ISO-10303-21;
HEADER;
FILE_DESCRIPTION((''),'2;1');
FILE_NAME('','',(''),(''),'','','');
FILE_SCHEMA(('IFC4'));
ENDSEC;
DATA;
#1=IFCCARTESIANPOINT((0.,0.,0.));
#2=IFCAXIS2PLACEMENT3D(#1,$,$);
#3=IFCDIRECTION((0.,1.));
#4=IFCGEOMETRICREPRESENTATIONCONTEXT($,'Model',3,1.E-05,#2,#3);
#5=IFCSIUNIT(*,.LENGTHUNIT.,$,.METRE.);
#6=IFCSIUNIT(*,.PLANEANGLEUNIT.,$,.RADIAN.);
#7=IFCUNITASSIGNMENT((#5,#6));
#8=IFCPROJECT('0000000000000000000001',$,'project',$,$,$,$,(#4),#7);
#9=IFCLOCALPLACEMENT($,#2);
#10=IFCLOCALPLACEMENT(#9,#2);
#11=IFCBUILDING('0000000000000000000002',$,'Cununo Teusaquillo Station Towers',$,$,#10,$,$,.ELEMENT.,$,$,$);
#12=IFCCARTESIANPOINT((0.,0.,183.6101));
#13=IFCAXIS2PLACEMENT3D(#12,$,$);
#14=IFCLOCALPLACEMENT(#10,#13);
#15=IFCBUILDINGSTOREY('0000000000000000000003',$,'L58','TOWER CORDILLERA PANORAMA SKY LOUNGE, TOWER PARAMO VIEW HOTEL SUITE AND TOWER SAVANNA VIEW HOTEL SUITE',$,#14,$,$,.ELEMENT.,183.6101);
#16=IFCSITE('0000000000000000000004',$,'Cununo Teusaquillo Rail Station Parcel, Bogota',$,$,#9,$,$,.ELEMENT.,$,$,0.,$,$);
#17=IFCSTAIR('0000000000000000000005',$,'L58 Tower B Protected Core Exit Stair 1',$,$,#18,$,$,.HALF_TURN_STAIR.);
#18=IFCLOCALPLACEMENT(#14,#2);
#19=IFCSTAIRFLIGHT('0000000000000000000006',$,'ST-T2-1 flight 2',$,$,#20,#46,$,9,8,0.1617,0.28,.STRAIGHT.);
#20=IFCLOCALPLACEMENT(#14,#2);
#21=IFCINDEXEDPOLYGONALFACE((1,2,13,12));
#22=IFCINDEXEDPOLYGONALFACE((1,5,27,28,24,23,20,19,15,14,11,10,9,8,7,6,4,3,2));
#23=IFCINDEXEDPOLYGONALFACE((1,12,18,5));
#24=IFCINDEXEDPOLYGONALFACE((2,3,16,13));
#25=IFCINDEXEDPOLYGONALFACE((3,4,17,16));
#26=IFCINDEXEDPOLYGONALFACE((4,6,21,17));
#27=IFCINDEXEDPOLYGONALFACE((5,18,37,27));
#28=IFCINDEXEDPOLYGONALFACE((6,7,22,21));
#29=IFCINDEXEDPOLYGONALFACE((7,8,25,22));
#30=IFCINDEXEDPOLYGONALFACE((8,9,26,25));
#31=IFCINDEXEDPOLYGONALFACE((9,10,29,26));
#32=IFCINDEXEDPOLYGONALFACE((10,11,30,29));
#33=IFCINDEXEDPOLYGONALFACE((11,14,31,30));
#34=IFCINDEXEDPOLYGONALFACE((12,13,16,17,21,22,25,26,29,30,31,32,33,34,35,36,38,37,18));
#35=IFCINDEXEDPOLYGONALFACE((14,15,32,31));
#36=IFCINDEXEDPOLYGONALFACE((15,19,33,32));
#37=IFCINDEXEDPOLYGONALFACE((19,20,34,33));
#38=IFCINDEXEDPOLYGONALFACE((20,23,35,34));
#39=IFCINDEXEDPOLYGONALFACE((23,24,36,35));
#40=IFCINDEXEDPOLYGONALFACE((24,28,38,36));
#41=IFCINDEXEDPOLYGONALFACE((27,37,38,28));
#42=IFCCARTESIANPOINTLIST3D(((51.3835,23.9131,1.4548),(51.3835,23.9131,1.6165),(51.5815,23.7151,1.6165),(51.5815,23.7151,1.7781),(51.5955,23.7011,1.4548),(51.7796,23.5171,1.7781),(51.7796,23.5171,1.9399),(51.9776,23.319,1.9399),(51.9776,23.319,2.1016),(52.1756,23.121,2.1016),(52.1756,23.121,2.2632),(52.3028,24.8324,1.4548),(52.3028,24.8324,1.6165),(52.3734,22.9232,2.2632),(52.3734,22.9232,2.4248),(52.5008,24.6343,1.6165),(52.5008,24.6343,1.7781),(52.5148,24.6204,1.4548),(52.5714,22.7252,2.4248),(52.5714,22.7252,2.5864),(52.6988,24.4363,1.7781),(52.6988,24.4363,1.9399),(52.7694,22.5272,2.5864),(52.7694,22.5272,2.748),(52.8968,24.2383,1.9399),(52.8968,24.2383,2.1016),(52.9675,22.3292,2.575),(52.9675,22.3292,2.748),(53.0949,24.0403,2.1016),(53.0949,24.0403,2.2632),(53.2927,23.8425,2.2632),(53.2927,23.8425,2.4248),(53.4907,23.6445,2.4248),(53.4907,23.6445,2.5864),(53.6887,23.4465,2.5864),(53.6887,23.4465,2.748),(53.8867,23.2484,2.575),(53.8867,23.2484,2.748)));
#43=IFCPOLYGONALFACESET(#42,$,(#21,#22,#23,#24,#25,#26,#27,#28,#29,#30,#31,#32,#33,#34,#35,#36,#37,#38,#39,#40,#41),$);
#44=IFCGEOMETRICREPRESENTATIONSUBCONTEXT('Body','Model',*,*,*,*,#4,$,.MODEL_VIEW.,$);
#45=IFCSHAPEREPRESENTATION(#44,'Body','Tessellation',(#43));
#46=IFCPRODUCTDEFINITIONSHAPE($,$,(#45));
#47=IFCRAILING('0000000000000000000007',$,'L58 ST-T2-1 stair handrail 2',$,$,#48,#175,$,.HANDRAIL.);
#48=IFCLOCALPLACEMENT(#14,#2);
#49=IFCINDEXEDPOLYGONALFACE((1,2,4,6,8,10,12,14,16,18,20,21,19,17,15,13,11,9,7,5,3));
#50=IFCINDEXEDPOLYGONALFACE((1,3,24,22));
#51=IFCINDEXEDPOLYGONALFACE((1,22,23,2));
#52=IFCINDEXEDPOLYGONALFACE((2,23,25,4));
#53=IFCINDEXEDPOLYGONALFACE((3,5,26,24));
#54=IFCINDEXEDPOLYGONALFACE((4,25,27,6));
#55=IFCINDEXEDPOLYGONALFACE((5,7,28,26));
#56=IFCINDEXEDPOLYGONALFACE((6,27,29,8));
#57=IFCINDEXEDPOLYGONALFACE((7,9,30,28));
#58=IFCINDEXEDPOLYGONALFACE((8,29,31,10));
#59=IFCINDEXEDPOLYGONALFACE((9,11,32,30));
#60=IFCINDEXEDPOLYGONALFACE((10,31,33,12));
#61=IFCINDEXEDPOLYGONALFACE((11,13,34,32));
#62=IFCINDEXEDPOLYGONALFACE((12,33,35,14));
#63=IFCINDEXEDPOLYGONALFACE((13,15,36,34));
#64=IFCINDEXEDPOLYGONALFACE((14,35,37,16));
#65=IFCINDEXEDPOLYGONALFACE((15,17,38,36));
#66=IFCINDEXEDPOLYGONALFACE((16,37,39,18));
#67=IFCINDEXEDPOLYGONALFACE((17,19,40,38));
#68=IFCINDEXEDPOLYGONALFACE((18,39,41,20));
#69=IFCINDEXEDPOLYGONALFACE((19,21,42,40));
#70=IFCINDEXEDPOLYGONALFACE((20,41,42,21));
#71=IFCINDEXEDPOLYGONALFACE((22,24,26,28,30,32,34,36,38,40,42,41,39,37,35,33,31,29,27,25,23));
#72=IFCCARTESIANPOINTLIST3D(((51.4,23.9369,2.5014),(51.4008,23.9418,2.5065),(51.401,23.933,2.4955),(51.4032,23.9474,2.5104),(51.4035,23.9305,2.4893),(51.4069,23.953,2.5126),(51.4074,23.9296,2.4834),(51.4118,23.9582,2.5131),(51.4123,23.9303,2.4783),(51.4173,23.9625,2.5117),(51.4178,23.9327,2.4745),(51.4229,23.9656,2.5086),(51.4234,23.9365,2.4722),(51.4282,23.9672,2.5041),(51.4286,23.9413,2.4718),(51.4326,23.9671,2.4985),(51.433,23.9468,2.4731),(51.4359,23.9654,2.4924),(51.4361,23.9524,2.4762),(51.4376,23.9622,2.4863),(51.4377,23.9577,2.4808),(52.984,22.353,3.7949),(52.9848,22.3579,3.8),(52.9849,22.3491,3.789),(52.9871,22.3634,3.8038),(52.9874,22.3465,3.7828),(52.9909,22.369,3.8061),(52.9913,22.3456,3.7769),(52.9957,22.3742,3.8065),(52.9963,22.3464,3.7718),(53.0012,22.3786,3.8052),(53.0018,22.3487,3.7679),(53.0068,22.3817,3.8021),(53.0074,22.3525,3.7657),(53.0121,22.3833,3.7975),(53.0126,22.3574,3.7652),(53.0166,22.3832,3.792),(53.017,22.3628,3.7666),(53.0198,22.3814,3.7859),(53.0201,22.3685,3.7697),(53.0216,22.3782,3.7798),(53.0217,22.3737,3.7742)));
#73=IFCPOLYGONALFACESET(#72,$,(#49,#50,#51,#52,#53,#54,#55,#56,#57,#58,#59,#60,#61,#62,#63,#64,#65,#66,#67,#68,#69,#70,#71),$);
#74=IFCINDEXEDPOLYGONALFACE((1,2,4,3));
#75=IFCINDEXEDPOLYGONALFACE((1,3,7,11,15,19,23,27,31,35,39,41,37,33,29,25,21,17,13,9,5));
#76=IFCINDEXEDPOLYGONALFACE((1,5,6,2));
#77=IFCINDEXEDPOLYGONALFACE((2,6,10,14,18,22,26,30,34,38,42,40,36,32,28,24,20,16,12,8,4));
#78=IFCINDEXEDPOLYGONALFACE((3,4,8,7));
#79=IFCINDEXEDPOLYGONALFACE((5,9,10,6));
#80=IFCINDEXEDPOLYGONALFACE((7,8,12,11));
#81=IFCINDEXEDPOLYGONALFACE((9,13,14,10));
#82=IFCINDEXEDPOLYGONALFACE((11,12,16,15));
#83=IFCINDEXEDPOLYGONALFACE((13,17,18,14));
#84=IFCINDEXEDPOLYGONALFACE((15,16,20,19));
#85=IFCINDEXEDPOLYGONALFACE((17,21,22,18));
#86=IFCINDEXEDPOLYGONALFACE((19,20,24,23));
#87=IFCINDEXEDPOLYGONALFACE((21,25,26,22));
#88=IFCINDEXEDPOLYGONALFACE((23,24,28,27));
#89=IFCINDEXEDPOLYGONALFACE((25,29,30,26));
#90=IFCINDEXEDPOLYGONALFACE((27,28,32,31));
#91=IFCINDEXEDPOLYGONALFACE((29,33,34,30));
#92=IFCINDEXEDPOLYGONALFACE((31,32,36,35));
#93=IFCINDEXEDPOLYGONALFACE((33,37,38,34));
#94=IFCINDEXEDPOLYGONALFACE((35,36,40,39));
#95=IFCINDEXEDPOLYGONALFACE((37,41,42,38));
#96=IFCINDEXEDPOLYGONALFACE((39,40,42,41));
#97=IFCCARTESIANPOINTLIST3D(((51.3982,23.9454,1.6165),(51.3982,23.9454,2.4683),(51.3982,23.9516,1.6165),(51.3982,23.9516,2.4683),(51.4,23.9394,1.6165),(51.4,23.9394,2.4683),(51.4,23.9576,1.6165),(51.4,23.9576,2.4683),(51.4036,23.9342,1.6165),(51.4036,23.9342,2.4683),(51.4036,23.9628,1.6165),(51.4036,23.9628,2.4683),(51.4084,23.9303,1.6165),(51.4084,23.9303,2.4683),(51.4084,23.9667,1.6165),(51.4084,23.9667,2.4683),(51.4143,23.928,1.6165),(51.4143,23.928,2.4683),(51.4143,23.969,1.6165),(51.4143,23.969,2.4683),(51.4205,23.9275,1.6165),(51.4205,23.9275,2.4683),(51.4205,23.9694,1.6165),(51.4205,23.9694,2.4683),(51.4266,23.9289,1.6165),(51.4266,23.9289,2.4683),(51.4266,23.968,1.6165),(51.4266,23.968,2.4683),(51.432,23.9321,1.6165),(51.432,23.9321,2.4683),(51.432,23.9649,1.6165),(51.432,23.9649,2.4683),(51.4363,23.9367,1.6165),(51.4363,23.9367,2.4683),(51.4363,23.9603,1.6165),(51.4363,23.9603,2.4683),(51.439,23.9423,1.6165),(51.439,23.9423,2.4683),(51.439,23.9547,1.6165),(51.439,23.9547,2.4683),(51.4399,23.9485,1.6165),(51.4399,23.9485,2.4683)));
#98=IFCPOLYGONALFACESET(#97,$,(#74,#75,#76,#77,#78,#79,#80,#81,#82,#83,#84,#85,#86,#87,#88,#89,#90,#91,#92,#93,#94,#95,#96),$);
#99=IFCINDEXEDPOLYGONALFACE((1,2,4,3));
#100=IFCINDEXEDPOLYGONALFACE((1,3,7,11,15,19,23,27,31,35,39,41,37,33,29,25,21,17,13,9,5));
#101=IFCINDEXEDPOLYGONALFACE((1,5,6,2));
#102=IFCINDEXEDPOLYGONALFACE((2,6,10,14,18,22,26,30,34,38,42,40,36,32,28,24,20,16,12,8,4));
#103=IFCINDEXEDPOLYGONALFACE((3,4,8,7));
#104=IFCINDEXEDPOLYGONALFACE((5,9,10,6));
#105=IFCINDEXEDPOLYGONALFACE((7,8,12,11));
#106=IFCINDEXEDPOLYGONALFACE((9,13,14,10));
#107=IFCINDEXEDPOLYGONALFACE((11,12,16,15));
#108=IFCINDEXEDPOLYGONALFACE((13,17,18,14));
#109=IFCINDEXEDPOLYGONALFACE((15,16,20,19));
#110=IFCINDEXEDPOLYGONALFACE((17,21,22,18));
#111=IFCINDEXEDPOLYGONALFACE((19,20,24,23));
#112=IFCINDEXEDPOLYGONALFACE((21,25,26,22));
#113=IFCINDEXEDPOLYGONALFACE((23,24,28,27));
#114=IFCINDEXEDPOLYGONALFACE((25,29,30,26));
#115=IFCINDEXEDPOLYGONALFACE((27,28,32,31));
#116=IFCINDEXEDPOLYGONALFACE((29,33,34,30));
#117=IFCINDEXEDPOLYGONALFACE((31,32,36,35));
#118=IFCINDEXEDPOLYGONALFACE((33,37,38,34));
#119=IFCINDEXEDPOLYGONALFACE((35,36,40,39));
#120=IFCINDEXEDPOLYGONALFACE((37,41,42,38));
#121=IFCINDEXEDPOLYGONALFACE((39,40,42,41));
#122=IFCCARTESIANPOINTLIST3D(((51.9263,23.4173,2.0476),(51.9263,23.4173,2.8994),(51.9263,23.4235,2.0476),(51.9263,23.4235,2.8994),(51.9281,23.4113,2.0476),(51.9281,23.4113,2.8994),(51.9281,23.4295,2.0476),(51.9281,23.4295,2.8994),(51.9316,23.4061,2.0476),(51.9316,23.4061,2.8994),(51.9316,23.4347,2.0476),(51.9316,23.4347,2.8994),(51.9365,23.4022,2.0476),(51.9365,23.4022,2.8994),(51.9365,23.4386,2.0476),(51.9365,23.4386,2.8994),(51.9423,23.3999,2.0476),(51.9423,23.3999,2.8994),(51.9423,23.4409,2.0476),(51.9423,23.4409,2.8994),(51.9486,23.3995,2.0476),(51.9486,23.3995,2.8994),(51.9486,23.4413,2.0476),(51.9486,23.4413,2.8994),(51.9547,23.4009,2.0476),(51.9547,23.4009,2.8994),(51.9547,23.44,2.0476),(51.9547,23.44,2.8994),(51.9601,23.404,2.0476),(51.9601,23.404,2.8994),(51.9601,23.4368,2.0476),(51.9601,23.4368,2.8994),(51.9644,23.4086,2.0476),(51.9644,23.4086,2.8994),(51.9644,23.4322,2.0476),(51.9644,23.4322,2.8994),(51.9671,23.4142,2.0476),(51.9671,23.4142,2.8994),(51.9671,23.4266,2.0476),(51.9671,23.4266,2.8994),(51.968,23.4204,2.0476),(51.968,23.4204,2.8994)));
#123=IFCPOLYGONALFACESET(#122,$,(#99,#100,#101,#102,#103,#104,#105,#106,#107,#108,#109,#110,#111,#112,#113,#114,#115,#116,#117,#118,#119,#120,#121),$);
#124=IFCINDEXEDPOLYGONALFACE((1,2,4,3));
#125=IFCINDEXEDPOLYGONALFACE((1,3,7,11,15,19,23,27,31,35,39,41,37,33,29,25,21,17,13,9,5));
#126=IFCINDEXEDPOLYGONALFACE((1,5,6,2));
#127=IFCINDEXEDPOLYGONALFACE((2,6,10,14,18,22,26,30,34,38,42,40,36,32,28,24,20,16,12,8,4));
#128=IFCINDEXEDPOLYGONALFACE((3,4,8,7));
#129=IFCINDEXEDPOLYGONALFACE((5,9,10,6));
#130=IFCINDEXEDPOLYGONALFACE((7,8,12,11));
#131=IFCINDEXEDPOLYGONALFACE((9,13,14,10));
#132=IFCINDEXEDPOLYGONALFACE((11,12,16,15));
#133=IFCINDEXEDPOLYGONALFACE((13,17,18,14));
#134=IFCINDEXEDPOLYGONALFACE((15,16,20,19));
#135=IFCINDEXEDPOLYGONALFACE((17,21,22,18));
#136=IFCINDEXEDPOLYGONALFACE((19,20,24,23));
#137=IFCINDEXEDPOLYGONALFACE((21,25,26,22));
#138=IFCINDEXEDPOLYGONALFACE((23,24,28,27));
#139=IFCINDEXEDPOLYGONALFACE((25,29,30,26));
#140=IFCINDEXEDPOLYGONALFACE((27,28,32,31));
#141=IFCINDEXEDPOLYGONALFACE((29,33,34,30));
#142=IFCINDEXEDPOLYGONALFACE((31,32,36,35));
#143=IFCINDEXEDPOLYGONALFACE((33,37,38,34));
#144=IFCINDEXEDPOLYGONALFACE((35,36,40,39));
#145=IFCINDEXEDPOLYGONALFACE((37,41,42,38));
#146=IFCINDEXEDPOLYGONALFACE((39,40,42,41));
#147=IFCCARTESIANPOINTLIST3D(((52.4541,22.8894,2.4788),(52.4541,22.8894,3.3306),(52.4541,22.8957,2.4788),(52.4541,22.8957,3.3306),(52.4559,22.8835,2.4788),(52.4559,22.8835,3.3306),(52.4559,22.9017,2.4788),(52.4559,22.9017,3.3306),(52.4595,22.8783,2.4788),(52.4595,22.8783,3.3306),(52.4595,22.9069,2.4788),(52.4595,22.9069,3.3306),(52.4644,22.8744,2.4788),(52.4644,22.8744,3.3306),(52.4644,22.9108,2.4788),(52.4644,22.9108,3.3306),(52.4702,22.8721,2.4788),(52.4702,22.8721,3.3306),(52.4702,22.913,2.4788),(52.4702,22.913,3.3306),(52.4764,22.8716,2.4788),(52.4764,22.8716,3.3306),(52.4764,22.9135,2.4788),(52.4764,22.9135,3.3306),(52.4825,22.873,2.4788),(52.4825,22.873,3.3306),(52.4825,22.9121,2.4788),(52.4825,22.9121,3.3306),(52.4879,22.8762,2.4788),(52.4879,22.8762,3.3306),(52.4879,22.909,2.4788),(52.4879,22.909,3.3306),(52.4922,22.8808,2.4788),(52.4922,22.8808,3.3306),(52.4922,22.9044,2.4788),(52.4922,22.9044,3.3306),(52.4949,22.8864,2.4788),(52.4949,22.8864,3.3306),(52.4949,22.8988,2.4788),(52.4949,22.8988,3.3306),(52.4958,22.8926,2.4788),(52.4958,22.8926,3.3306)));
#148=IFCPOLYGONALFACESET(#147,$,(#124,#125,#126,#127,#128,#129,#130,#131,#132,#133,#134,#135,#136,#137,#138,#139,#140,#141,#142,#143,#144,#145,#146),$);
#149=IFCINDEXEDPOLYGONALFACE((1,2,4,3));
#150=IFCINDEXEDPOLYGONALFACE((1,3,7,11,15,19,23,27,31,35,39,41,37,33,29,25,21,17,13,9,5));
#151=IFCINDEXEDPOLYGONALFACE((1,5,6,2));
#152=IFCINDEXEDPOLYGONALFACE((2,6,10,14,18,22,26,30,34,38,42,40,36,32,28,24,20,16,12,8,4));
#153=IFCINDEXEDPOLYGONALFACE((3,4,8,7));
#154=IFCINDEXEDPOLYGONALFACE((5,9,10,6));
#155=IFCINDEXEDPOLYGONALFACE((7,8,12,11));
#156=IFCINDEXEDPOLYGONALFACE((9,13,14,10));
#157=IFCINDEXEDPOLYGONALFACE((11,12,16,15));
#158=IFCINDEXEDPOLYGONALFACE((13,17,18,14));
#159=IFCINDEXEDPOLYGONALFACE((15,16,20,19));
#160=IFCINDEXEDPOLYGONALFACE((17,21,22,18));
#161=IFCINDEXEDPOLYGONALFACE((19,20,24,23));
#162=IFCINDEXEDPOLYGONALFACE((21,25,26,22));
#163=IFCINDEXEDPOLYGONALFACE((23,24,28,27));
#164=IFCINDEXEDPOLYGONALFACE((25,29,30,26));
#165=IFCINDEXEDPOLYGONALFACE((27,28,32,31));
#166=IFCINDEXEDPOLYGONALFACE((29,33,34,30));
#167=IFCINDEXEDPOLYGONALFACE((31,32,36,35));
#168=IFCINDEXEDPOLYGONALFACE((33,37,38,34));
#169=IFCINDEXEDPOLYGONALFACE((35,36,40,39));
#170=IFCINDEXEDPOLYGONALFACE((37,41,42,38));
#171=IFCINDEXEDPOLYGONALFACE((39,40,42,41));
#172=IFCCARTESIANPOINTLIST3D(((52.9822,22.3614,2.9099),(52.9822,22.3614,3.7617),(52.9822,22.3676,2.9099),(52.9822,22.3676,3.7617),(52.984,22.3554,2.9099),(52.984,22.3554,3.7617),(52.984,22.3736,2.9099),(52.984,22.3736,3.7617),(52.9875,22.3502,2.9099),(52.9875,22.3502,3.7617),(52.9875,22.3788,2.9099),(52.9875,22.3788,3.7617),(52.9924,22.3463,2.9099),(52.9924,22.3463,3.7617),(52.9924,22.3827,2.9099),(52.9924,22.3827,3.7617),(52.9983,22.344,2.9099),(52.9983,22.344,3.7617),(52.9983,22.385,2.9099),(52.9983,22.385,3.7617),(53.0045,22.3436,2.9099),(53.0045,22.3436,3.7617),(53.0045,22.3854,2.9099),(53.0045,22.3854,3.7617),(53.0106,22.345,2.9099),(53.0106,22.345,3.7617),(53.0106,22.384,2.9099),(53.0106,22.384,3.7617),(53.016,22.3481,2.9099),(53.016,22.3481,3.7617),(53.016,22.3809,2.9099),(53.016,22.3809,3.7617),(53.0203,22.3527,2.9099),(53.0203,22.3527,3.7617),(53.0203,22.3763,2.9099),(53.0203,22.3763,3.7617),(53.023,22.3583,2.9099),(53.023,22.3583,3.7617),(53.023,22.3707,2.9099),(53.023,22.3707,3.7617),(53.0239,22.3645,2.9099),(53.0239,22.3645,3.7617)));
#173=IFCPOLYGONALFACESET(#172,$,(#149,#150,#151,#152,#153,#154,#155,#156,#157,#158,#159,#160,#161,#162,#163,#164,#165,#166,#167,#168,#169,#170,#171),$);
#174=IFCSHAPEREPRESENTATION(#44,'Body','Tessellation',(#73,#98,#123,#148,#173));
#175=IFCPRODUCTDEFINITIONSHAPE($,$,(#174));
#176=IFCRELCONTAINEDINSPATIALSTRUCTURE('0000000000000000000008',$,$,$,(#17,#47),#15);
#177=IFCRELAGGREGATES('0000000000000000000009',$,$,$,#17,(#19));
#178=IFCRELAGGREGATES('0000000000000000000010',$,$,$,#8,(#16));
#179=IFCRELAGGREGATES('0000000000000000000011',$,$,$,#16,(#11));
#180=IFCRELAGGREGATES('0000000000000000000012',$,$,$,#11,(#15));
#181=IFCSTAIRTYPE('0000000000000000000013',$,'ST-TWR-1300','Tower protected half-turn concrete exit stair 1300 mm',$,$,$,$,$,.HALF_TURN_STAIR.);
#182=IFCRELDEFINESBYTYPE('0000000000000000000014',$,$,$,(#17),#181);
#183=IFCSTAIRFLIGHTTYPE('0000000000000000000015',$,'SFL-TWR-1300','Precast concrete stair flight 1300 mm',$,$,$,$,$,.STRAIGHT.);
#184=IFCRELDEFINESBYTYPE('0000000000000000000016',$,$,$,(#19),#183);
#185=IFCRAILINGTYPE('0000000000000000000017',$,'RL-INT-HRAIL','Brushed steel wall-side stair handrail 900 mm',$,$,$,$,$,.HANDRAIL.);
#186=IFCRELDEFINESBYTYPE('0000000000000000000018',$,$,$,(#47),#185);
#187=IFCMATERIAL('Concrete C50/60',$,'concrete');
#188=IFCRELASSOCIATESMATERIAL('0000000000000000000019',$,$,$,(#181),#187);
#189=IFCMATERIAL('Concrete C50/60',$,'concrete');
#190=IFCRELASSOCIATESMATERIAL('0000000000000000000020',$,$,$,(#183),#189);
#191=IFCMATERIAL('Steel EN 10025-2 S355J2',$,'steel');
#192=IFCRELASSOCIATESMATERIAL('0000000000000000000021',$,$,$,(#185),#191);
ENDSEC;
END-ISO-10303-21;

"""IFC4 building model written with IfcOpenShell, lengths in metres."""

from ifc_helpers import new_model, si_unit, direction, frame, origin, origin_2d, place, context, subcontext, project, spatial, polyline, circle, outline, extrude, material, type_object, element, aggregate, save


model = new_model("IFC4")

# Units and contexts
model_context = context("Model", 3, precision=1e-05, world=origin(), true_north=direction((0.0, 1.0)))
body_context = subcontext(model_context, "Body", "Model", "MODEL_VIEW")
ifc_project = project(units=[si_unit("LENGTHUNIT", "METRE"), si_unit("PLANEANGLEUNIT", "RADIAN")], contexts=[model_context])

# Site, building, storey
site_placement = place(None, origin())
site = spatial("IfcSite", under=ifc_project, at=site_placement, Name="Cununo Teusaquillo Rail Station Parcel, Bogota", CompositionType="ELEMENT", RefElevation=0.0)
building_placement = place(site_placement, origin())
building = spatial("IfcBuilding", under=site, at=building_placement, Name="Cununo Teusaquillo Station Towers", CompositionType="ELEMENT")
storey_placement = place(building_placement, frame((0.0, 0.0, 183.6101)))
storey = spatial("IfcBuildingStorey", under=building, at=storey_placement, Name="L58", Description="TOWER CORDILLERA PANORAMA SKY LOUNGE, TOWER PARAMO VIEW HOTEL SUITE AND TOWER SAVANNA VIEW HOTEL SUITE", CompositionType="ELEMENT", Elevation=183.6101)

# Stair, stair flight
ifc_material_1 = material(Name="Concrete C50/60", Category="concrete")
stair_type = type_object("IfcStairType", Name="ST-TWR-1300", Description="Tower protected half-turn concrete exit stair 1300 mm", PredefinedType="HALF_TURN_STAIR", material=ifc_material_1)
stair_placement = place(storey_placement, origin())
stair = element("IfcStair", 1, at=stair_placement, inside=storey, type_object=stair_type, Name="L58 Tower B Protected Core Exit Stair 1", PredefinedType="HALF_TURN_STAIR")
ifc_material_2 = material(Name="Concrete C50/60", Category="concrete")
stair_flight_type = type_object("IfcStairFlightType", Name="SFL-TWR-1300", Description="Precast concrete stair flight 1300 mm", PredefinedType="STRAIGHT", material=ifc_material_2)
stair_flight_placement = place(storey_placement, frame((51.8433, 24.3728, 1.4548), z_axis=(0.0, 0.0, 1.0), x_axis=(0.707107, -0.707107, 0.0)))
stair_flight = element("IfcStairFlight", 2, at=stair_flight_placement, type_object=stair_flight_type, Name="ST-T2-1 flight 2", NumberOfRisers=9, NumberOfTreads=8, PredefinedType="STRAIGHT", RiserHeight=0.1617, TreadLength=0.28, context=body_context, shape_type="SweptSolid", body=[
    extrude(outline(polyline([(0.0, 0.0), (0.0, 0.1616), (0.28, 0.1616), (0.28, 0.3232), (0.5601, 0.3232), (0.5601, 0.4851), (0.8401, 0.4851), (0.8401, 0.6467), (1.1201, 0.6467), (1.1201, 0.8083), (1.3999, 0.8083), (1.3999, 0.97), (1.6799, 0.97), (1.6799, 1.1316), (1.96, 1.1316), (1.96, 1.2932), (2.24, 1.2932), (2.24, 1.4551), (2.24, 1.1201), (0.2998, 0.0), (0.0, 0.0)])), frame((0.0, 0.6499, 0.0), z_axis=(0.0, -1.0, 0.0), x_axis=(1.0, 0.0, 0.0)), (0.0, 0.0, 1.0), 1.3),
])
aggregate(stair, [stair_flight])

# Railing
ifc_material_3 = material(Name="Steel EN 10025-2 S355J2", Category="steel")
railing_type = type_object("IfcRailingType", Name="RL-INT-HRAIL", Description="Brushed steel wall-side stair handrail 900 mm", PredefinedType="HANDRAIL", material=ifc_material_3)
railing_placement = place(storey_placement, frame((51.4189, 23.9485, 1.6165)))
element("IfcRailing", 3, at=railing_placement, inside=storey, type_object=railing_type, Name="L58 ST-T2-1 stair handrail 2", PredefinedType="HANDRAIL", context=body_context, shape_type="SweptSolid", body=[
    extrude(circle(Radius=0.0239, at=origin_2d()), frame((0.0, 0.0, 0.876), z_axis=(0.612356, -0.612356, 0.50004), x_axis=(0.707107, 0.707107, 0.0)), (0.0, 0.0, 1.0), 2.5867),
    extrude(circle(Radius=0.021, at=origin_2d()), origin(), (0.0, 0.0, 1.0), 0.8518),
    extrude(circle(Radius=0.021, at=origin_2d()), frame((0.5281, -0.5281, 0.4312)), (0.0, 0.0, 1.0), 0.8518),
    extrude(circle(Radius=0.021, at=origin_2d()), frame((1.0559, -1.0559, 0.8623)), (0.0, 0.0, 1.0), 0.8518),
    extrude(circle(Radius=0.021, at=origin_2d()), frame((1.584, -1.584, 1.2935)), (0.0, 0.0, 1.0), 0.8518),
])

save(model, "model.ifc")
